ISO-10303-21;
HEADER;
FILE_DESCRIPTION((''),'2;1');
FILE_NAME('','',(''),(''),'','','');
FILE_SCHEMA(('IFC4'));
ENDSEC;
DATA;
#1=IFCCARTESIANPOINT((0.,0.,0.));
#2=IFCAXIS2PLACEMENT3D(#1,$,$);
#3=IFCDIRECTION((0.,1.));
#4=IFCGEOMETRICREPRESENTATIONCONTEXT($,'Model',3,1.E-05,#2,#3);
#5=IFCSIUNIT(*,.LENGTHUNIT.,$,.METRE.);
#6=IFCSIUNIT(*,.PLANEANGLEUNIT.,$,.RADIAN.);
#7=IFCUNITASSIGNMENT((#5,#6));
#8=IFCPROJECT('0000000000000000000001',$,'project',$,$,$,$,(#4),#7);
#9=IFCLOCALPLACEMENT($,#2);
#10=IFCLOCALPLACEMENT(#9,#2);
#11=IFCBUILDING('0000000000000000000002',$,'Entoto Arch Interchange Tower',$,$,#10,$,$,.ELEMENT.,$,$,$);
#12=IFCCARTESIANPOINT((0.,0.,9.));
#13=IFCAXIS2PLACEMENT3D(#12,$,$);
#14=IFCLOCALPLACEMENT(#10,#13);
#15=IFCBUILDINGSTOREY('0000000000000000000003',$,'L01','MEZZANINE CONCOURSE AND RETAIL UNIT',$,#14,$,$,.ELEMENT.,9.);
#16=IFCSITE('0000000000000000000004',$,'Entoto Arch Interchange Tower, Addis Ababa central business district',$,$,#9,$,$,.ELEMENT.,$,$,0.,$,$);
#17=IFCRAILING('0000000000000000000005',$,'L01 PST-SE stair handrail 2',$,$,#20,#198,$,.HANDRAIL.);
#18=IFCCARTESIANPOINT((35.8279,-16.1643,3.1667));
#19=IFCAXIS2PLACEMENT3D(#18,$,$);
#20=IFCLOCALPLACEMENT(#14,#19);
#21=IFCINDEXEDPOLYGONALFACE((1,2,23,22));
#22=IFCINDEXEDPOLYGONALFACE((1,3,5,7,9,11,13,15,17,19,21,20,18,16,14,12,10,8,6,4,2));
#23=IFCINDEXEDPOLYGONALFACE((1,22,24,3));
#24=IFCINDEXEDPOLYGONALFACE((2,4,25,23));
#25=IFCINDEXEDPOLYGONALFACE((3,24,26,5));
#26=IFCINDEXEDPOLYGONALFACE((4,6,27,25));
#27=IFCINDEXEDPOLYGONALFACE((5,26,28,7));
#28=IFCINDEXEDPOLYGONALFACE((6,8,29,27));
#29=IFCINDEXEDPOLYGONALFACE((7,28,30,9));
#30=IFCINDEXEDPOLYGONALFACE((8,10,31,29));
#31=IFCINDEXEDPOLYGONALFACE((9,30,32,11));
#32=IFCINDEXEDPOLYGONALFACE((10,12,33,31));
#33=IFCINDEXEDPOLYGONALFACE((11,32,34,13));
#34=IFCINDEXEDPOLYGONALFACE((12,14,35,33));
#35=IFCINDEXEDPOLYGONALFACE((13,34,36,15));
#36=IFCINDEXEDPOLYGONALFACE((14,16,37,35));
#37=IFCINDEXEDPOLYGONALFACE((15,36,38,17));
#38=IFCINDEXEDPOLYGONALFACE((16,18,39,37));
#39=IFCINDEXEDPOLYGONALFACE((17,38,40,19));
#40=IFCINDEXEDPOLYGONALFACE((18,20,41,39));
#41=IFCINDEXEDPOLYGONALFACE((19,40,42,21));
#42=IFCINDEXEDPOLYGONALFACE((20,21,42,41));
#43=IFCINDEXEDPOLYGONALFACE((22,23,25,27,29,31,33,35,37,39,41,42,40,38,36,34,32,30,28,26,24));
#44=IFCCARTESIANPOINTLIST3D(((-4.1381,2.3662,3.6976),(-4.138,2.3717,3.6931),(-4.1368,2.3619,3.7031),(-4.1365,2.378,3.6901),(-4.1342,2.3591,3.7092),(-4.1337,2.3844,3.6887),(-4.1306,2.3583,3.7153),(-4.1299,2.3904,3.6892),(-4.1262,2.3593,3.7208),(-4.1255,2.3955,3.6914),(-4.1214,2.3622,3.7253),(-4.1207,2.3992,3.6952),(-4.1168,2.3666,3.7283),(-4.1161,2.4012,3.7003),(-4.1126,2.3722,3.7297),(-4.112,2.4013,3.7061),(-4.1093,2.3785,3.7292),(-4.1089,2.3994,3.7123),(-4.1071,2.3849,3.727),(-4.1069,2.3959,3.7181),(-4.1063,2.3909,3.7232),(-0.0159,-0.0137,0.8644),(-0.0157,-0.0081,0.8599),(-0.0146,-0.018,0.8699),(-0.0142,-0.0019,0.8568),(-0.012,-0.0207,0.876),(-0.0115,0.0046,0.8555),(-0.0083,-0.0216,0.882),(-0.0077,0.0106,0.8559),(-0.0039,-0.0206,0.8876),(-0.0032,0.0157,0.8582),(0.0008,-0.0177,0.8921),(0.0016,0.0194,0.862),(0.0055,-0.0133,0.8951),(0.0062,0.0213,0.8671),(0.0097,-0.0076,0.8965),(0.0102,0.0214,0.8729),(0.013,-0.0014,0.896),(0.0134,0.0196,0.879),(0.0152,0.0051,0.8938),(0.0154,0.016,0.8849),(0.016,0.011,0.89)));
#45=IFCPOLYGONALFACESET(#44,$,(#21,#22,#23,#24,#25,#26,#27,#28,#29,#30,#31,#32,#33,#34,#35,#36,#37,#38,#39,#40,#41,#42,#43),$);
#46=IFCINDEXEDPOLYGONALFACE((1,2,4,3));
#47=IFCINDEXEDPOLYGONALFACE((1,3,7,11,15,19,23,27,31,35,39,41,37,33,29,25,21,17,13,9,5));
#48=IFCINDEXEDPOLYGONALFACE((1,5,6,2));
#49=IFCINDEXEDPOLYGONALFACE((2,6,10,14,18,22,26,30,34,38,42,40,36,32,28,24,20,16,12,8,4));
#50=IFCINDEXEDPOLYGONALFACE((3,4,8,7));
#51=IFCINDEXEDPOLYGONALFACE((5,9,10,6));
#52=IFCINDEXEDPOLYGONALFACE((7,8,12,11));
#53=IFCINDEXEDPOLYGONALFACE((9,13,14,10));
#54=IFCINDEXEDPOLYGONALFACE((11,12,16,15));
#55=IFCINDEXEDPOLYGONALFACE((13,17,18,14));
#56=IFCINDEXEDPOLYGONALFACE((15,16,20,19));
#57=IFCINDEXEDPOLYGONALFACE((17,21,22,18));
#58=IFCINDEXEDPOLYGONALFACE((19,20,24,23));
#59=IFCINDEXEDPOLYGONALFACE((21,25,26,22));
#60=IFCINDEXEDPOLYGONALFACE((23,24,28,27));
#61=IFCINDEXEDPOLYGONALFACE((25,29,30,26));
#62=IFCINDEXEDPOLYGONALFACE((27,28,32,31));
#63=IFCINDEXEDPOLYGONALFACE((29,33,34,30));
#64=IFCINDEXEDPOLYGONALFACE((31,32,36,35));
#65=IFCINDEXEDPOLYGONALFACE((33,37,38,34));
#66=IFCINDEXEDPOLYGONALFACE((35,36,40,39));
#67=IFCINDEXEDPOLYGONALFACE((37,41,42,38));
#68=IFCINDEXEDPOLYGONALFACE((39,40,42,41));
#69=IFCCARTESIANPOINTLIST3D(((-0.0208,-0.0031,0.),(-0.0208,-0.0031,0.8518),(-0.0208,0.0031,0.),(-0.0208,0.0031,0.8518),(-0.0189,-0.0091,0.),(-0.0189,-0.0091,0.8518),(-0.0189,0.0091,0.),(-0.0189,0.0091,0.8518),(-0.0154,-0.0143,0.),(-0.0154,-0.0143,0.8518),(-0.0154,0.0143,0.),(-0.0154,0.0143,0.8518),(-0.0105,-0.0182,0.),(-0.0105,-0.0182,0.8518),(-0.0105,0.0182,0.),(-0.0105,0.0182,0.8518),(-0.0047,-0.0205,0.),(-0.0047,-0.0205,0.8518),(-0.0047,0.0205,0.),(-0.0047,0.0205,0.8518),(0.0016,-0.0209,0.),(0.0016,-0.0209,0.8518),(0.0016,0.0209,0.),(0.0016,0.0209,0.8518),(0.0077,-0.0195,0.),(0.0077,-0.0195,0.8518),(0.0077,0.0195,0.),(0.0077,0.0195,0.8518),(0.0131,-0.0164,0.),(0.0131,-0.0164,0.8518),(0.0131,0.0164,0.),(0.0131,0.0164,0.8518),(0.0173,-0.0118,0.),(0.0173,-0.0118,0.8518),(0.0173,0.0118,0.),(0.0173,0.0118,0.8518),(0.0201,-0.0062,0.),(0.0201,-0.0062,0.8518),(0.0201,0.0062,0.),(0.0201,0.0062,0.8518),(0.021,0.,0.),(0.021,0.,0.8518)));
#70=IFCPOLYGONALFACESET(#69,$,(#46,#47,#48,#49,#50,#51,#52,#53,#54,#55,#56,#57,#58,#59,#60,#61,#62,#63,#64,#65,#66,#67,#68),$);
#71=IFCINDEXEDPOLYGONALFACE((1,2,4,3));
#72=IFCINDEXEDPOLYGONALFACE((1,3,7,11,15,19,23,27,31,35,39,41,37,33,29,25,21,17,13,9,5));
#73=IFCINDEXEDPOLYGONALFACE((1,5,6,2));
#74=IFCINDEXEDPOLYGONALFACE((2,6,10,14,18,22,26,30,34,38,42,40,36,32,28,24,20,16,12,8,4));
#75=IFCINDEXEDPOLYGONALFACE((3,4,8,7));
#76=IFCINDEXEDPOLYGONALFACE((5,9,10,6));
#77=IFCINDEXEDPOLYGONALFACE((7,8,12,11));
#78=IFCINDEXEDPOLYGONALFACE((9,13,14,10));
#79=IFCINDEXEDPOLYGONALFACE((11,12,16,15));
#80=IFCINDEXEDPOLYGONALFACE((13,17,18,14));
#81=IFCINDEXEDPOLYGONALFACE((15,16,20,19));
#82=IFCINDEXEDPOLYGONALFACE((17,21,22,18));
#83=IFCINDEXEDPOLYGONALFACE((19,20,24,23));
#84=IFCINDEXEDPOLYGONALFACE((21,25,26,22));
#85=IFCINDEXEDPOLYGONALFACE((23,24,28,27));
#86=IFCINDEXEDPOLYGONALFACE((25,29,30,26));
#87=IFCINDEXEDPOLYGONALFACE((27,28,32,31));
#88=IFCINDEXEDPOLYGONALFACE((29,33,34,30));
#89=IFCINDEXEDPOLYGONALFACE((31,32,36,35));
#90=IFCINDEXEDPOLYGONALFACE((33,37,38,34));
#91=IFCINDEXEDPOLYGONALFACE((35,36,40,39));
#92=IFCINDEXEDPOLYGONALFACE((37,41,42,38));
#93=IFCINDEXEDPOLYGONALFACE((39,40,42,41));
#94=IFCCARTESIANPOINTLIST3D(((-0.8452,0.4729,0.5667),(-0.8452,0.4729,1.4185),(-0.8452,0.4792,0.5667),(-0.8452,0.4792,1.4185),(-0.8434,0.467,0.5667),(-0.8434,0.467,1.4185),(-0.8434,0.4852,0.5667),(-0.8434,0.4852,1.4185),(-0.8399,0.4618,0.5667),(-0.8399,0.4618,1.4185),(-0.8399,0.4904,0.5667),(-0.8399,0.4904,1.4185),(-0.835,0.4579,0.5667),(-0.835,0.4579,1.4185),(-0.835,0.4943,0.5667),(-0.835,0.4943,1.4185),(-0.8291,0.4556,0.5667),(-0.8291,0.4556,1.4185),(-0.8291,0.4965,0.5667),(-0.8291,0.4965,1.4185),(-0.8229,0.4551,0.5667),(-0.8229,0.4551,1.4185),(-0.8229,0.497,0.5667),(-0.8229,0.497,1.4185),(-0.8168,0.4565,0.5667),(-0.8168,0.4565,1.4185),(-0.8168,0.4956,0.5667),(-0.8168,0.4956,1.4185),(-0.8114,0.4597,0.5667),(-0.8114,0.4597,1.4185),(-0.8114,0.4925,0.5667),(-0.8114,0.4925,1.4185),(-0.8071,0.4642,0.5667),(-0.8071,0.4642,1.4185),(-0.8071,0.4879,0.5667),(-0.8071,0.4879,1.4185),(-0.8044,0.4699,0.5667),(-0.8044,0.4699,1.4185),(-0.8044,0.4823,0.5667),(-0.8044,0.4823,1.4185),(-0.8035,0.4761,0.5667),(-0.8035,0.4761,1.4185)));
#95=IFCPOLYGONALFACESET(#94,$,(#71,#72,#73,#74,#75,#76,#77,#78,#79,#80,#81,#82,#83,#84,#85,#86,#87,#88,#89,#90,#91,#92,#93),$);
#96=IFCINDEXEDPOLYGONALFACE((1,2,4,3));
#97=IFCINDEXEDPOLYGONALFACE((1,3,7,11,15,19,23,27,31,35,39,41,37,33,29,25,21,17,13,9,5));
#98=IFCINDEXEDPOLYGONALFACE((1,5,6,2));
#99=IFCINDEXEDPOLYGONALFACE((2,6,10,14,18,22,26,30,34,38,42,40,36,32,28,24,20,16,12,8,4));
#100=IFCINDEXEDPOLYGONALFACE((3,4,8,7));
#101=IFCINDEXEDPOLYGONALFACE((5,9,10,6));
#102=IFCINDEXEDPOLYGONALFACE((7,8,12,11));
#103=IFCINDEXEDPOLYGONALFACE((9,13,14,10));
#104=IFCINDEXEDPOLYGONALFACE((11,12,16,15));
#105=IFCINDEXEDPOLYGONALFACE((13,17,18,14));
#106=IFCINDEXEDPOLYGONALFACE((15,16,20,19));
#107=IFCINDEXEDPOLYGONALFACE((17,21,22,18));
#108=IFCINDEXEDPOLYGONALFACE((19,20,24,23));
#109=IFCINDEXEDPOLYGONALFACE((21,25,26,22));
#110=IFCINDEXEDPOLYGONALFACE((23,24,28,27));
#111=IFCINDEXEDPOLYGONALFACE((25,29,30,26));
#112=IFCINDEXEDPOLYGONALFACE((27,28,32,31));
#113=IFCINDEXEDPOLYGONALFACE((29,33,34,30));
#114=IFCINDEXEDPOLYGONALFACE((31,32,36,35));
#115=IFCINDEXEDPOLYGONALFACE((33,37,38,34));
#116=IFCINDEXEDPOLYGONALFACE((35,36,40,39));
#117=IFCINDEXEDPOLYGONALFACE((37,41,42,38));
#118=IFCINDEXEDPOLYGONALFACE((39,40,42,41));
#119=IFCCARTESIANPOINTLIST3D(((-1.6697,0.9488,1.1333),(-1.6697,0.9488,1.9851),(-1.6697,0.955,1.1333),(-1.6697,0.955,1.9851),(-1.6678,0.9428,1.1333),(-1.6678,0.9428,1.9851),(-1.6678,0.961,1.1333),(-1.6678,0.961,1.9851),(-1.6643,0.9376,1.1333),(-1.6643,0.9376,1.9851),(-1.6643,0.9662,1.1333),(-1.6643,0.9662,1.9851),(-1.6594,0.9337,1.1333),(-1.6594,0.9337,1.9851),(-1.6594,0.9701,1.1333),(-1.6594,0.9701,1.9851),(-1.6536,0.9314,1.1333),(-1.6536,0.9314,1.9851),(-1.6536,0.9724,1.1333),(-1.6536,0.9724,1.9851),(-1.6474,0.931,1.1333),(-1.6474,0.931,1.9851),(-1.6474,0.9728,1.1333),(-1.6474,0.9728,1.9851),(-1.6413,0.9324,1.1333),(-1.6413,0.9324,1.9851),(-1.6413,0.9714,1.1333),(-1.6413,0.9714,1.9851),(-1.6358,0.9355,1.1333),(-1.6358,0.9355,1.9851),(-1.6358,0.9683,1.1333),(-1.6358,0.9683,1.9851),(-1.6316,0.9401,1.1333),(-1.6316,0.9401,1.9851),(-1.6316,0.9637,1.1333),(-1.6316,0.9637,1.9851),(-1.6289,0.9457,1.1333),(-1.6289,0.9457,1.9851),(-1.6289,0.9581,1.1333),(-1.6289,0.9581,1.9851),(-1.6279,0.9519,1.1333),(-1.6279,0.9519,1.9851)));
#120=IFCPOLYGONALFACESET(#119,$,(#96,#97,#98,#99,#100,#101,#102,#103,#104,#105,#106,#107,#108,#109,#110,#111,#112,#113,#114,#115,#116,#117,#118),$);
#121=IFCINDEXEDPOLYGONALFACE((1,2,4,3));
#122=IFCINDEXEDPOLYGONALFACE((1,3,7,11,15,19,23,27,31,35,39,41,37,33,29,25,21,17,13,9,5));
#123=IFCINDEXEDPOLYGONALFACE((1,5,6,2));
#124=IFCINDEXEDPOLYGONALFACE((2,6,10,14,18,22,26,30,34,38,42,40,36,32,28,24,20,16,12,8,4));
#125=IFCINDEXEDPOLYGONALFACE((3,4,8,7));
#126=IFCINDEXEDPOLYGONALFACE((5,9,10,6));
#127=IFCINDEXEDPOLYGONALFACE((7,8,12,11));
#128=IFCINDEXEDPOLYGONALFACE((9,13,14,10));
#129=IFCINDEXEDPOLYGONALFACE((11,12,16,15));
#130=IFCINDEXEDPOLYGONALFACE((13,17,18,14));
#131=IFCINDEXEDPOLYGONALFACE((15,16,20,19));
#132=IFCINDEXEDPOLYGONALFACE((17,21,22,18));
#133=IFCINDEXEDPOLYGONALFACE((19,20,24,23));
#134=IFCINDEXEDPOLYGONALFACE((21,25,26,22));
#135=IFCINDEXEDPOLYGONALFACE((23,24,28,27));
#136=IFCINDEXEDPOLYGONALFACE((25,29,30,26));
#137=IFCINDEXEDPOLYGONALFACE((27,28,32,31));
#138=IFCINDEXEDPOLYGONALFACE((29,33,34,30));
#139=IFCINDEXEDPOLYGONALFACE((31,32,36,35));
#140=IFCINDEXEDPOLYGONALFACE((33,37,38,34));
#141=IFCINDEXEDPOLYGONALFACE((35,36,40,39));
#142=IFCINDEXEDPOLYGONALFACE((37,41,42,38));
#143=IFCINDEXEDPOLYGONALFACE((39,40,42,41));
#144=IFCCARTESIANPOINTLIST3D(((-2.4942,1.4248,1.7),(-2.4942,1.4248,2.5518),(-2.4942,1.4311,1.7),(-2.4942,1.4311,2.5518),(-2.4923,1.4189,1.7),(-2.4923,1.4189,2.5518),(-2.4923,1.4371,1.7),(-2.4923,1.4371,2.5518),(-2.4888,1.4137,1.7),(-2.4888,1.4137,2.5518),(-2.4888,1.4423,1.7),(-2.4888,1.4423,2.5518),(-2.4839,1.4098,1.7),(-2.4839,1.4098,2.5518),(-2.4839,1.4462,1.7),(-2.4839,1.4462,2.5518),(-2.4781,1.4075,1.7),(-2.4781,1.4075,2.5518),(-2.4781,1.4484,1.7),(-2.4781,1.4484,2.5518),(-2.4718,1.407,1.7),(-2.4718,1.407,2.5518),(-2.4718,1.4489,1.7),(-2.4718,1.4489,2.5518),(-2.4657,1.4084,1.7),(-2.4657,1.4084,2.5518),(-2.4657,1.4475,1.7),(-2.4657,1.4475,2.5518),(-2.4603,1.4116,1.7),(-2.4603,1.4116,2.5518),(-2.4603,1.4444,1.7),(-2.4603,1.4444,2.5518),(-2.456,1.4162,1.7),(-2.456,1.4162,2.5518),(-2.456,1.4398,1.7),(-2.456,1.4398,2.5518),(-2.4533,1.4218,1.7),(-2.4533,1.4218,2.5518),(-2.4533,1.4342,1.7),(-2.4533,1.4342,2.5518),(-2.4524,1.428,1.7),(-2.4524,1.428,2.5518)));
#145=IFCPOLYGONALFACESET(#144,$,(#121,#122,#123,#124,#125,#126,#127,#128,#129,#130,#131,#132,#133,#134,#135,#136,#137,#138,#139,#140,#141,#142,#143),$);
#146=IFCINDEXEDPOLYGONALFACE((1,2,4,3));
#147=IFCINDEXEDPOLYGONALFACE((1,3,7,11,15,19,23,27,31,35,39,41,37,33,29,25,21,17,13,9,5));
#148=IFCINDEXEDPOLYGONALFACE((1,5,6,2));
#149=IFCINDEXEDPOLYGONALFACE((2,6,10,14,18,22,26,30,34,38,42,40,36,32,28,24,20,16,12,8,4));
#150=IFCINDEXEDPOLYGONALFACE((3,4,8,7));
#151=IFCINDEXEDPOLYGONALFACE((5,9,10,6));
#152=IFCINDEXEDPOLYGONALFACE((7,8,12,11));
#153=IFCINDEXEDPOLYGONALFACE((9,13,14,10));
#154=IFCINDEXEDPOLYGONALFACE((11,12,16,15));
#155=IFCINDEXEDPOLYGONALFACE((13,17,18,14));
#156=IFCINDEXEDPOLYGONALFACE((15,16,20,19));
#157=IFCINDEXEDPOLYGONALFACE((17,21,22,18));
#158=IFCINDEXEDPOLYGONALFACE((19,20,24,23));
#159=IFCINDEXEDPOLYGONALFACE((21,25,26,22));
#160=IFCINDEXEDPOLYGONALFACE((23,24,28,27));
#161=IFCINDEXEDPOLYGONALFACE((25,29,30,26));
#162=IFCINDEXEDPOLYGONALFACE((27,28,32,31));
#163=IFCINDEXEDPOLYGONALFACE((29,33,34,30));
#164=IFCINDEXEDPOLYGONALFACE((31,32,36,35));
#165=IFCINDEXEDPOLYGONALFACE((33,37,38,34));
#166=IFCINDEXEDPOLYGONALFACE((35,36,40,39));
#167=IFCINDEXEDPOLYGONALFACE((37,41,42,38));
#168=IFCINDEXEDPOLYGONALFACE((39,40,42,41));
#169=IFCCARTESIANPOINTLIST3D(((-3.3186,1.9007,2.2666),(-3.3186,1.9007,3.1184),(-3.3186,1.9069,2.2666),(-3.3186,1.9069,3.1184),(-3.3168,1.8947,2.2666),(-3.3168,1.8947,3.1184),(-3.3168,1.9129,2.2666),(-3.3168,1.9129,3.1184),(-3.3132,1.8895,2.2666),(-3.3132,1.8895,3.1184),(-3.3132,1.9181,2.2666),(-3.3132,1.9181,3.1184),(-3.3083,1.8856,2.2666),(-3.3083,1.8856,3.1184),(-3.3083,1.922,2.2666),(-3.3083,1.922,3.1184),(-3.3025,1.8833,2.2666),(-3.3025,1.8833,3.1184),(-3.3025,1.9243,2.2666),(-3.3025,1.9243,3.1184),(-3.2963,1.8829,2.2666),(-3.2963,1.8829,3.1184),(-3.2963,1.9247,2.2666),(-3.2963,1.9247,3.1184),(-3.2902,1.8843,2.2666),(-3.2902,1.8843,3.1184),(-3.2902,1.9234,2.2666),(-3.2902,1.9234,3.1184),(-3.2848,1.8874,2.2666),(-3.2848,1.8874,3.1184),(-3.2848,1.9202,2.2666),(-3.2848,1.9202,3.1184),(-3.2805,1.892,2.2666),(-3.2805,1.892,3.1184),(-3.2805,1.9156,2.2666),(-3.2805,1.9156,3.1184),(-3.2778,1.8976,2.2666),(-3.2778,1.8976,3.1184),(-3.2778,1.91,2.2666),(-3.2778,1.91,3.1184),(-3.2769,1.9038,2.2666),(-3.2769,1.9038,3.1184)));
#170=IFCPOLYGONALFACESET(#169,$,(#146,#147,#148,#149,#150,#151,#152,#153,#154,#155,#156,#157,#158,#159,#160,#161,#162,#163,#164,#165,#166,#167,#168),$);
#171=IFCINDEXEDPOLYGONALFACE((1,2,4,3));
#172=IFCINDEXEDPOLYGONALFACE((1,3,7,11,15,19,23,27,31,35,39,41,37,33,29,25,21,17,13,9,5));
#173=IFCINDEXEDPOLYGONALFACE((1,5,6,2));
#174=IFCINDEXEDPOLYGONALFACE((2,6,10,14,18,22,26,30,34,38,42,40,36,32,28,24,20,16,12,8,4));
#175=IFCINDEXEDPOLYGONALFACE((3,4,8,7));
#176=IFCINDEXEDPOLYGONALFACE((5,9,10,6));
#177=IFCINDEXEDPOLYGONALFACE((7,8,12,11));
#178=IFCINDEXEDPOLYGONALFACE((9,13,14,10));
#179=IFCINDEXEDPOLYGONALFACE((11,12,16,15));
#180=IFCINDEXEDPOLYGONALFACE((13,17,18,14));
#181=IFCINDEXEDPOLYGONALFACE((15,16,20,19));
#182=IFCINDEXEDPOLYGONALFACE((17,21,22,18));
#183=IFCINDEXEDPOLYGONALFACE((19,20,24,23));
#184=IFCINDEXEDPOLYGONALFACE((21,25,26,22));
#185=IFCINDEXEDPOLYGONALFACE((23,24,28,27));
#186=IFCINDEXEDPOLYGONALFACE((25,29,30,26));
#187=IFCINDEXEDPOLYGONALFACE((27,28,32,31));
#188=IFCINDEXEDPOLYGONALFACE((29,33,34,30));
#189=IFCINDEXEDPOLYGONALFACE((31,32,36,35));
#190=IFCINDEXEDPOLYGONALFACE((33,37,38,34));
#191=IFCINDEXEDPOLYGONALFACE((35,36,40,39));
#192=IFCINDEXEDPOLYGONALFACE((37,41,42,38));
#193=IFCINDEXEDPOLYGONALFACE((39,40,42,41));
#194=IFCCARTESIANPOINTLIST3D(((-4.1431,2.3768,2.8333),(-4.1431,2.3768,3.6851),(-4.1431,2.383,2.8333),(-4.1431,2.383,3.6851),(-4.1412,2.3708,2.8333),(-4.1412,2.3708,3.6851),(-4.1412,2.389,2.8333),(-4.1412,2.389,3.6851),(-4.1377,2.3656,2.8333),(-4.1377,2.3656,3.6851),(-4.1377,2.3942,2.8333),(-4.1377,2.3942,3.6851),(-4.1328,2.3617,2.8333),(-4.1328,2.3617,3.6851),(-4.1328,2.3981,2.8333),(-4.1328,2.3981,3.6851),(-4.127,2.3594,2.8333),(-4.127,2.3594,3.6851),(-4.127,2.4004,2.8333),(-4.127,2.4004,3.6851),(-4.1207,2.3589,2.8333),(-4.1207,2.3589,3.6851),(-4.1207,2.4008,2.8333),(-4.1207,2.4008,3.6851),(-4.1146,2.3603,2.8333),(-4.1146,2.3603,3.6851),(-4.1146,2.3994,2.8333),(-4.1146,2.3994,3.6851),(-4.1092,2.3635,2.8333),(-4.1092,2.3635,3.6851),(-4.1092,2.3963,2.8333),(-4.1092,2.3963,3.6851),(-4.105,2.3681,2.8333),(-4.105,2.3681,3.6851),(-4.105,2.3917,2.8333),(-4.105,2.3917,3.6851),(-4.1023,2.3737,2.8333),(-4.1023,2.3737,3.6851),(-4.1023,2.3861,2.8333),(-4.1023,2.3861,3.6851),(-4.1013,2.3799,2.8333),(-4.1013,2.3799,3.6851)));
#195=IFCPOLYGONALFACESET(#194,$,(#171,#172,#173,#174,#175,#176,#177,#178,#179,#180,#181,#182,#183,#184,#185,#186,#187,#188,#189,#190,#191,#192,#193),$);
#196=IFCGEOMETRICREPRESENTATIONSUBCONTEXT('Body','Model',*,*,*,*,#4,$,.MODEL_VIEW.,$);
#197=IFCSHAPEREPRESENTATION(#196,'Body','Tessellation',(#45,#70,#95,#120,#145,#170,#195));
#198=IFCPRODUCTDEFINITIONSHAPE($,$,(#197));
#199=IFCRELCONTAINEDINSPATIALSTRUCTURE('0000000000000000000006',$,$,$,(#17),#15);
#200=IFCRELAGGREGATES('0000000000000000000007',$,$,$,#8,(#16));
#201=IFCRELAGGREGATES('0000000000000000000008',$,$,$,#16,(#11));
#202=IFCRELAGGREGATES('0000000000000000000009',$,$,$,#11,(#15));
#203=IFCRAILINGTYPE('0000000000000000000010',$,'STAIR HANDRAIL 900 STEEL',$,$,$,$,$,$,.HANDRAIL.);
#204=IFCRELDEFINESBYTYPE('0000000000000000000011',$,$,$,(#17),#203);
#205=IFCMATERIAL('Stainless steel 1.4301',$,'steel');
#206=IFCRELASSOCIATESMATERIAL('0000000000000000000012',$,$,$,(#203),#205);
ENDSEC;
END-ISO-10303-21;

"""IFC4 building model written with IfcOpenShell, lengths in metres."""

from ifc_helpers import new_model, si_unit, direction, frame, origin, origin_2d, place, context, subcontext, project, spatial, circle, extrude, material, type_object, element, save


model = new_model("IFC4")

# Units and contexts
model_context = context("Model", 3, precision=1e-05, world=origin(), true_north=direction((0.0, 1.0)))
body_context = subcontext(model_context, "Body", "Model", "MODEL_VIEW")
ifc_project = project(units=[si_unit("LENGTHUNIT", "METRE"), si_unit("PLANEANGLEUNIT", "RADIAN")], contexts=[model_context])

# Site, building, storey
site_placement = place(None, origin())
site = spatial("IfcSite", under=ifc_project, at=site_placement, Name="Entoto Arch Interchange Tower, Addis Ababa central business district", CompositionType="ELEMENT", RefElevation=0.0)
building_placement = place(site_placement, origin())
building = spatial("IfcBuilding", under=site, at=building_placement, Name="Entoto Arch Interchange Tower", CompositionType="ELEMENT")
storey_placement = place(building_placement, frame((0.0, 0.0, 9.0)))
storey = spatial("IfcBuildingStorey", under=building, at=storey_placement, Name="L01", Description="MEZZANINE CONCOURSE AND RETAIL UNIT", CompositionType="ELEMENT", Elevation=9.0)

# Railing
ifc_material_1 = material(Name="Stainless steel 1.4301", Category="steel")
railing_type_1 = type_object("IfcRailingType", Name="STAIR HANDRAIL 900 STEEL", PredefinedType="HANDRAIL", material=ifc_material_1)
railing_1_placement = place(storey_placement, frame((35.8279, -16.1643, 3.1667)))
element("IfcRailing", 1, at=railing_1_placement, inside=storey, type_object=railing_type_1, Name="L01 PST-SE stair handrail 2", PredefinedType="HANDRAIL", context=body_context, shape_type="SweptSolid", body=[
    extrude(circle(Radius=0.0239, at=origin_2d()), frame((0.0, 0.0, 0.876), z_axis=(-0.744185, 0.42963, 0.511475), x_axis=(-0.499978, -0.866038, 0.0)), (0.0, 0.0, 1.0), 5.5393),
    extrude(circle(Radius=0.021, at=origin_2d()), origin(), (0.0, 0.0, 1.0), 0.8518),
    extrude(circle(Radius=0.021, at=origin_2d()), frame((-0.8245, 0.4761, 0.5667)), (0.0, 0.0, 1.0), 0.8518),
    extrude(circle(Radius=0.021, at=origin_2d()), frame((-1.6489, 0.9519, 1.1333)), (0.0, 0.0, 1.0), 0.8518),
    extrude(circle(Radius=0.021, at=origin_2d()), frame((-2.4734, 1.428, 1.7)), (0.0, 0.0, 1.0), 0.8518),
    extrude(circle(Radius=0.021, at=origin_2d()), frame((-3.2979, 1.9038, 2.2666)), (0.0, 0.0, 1.0), 0.8518),
    extrude(circle(Radius=0.021, at=origin_2d()), frame((-4.1223, 2.3799, 2.8333)), (0.0, 0.0, 1.0), 0.8518),
])

save(model, "model.ifc")
